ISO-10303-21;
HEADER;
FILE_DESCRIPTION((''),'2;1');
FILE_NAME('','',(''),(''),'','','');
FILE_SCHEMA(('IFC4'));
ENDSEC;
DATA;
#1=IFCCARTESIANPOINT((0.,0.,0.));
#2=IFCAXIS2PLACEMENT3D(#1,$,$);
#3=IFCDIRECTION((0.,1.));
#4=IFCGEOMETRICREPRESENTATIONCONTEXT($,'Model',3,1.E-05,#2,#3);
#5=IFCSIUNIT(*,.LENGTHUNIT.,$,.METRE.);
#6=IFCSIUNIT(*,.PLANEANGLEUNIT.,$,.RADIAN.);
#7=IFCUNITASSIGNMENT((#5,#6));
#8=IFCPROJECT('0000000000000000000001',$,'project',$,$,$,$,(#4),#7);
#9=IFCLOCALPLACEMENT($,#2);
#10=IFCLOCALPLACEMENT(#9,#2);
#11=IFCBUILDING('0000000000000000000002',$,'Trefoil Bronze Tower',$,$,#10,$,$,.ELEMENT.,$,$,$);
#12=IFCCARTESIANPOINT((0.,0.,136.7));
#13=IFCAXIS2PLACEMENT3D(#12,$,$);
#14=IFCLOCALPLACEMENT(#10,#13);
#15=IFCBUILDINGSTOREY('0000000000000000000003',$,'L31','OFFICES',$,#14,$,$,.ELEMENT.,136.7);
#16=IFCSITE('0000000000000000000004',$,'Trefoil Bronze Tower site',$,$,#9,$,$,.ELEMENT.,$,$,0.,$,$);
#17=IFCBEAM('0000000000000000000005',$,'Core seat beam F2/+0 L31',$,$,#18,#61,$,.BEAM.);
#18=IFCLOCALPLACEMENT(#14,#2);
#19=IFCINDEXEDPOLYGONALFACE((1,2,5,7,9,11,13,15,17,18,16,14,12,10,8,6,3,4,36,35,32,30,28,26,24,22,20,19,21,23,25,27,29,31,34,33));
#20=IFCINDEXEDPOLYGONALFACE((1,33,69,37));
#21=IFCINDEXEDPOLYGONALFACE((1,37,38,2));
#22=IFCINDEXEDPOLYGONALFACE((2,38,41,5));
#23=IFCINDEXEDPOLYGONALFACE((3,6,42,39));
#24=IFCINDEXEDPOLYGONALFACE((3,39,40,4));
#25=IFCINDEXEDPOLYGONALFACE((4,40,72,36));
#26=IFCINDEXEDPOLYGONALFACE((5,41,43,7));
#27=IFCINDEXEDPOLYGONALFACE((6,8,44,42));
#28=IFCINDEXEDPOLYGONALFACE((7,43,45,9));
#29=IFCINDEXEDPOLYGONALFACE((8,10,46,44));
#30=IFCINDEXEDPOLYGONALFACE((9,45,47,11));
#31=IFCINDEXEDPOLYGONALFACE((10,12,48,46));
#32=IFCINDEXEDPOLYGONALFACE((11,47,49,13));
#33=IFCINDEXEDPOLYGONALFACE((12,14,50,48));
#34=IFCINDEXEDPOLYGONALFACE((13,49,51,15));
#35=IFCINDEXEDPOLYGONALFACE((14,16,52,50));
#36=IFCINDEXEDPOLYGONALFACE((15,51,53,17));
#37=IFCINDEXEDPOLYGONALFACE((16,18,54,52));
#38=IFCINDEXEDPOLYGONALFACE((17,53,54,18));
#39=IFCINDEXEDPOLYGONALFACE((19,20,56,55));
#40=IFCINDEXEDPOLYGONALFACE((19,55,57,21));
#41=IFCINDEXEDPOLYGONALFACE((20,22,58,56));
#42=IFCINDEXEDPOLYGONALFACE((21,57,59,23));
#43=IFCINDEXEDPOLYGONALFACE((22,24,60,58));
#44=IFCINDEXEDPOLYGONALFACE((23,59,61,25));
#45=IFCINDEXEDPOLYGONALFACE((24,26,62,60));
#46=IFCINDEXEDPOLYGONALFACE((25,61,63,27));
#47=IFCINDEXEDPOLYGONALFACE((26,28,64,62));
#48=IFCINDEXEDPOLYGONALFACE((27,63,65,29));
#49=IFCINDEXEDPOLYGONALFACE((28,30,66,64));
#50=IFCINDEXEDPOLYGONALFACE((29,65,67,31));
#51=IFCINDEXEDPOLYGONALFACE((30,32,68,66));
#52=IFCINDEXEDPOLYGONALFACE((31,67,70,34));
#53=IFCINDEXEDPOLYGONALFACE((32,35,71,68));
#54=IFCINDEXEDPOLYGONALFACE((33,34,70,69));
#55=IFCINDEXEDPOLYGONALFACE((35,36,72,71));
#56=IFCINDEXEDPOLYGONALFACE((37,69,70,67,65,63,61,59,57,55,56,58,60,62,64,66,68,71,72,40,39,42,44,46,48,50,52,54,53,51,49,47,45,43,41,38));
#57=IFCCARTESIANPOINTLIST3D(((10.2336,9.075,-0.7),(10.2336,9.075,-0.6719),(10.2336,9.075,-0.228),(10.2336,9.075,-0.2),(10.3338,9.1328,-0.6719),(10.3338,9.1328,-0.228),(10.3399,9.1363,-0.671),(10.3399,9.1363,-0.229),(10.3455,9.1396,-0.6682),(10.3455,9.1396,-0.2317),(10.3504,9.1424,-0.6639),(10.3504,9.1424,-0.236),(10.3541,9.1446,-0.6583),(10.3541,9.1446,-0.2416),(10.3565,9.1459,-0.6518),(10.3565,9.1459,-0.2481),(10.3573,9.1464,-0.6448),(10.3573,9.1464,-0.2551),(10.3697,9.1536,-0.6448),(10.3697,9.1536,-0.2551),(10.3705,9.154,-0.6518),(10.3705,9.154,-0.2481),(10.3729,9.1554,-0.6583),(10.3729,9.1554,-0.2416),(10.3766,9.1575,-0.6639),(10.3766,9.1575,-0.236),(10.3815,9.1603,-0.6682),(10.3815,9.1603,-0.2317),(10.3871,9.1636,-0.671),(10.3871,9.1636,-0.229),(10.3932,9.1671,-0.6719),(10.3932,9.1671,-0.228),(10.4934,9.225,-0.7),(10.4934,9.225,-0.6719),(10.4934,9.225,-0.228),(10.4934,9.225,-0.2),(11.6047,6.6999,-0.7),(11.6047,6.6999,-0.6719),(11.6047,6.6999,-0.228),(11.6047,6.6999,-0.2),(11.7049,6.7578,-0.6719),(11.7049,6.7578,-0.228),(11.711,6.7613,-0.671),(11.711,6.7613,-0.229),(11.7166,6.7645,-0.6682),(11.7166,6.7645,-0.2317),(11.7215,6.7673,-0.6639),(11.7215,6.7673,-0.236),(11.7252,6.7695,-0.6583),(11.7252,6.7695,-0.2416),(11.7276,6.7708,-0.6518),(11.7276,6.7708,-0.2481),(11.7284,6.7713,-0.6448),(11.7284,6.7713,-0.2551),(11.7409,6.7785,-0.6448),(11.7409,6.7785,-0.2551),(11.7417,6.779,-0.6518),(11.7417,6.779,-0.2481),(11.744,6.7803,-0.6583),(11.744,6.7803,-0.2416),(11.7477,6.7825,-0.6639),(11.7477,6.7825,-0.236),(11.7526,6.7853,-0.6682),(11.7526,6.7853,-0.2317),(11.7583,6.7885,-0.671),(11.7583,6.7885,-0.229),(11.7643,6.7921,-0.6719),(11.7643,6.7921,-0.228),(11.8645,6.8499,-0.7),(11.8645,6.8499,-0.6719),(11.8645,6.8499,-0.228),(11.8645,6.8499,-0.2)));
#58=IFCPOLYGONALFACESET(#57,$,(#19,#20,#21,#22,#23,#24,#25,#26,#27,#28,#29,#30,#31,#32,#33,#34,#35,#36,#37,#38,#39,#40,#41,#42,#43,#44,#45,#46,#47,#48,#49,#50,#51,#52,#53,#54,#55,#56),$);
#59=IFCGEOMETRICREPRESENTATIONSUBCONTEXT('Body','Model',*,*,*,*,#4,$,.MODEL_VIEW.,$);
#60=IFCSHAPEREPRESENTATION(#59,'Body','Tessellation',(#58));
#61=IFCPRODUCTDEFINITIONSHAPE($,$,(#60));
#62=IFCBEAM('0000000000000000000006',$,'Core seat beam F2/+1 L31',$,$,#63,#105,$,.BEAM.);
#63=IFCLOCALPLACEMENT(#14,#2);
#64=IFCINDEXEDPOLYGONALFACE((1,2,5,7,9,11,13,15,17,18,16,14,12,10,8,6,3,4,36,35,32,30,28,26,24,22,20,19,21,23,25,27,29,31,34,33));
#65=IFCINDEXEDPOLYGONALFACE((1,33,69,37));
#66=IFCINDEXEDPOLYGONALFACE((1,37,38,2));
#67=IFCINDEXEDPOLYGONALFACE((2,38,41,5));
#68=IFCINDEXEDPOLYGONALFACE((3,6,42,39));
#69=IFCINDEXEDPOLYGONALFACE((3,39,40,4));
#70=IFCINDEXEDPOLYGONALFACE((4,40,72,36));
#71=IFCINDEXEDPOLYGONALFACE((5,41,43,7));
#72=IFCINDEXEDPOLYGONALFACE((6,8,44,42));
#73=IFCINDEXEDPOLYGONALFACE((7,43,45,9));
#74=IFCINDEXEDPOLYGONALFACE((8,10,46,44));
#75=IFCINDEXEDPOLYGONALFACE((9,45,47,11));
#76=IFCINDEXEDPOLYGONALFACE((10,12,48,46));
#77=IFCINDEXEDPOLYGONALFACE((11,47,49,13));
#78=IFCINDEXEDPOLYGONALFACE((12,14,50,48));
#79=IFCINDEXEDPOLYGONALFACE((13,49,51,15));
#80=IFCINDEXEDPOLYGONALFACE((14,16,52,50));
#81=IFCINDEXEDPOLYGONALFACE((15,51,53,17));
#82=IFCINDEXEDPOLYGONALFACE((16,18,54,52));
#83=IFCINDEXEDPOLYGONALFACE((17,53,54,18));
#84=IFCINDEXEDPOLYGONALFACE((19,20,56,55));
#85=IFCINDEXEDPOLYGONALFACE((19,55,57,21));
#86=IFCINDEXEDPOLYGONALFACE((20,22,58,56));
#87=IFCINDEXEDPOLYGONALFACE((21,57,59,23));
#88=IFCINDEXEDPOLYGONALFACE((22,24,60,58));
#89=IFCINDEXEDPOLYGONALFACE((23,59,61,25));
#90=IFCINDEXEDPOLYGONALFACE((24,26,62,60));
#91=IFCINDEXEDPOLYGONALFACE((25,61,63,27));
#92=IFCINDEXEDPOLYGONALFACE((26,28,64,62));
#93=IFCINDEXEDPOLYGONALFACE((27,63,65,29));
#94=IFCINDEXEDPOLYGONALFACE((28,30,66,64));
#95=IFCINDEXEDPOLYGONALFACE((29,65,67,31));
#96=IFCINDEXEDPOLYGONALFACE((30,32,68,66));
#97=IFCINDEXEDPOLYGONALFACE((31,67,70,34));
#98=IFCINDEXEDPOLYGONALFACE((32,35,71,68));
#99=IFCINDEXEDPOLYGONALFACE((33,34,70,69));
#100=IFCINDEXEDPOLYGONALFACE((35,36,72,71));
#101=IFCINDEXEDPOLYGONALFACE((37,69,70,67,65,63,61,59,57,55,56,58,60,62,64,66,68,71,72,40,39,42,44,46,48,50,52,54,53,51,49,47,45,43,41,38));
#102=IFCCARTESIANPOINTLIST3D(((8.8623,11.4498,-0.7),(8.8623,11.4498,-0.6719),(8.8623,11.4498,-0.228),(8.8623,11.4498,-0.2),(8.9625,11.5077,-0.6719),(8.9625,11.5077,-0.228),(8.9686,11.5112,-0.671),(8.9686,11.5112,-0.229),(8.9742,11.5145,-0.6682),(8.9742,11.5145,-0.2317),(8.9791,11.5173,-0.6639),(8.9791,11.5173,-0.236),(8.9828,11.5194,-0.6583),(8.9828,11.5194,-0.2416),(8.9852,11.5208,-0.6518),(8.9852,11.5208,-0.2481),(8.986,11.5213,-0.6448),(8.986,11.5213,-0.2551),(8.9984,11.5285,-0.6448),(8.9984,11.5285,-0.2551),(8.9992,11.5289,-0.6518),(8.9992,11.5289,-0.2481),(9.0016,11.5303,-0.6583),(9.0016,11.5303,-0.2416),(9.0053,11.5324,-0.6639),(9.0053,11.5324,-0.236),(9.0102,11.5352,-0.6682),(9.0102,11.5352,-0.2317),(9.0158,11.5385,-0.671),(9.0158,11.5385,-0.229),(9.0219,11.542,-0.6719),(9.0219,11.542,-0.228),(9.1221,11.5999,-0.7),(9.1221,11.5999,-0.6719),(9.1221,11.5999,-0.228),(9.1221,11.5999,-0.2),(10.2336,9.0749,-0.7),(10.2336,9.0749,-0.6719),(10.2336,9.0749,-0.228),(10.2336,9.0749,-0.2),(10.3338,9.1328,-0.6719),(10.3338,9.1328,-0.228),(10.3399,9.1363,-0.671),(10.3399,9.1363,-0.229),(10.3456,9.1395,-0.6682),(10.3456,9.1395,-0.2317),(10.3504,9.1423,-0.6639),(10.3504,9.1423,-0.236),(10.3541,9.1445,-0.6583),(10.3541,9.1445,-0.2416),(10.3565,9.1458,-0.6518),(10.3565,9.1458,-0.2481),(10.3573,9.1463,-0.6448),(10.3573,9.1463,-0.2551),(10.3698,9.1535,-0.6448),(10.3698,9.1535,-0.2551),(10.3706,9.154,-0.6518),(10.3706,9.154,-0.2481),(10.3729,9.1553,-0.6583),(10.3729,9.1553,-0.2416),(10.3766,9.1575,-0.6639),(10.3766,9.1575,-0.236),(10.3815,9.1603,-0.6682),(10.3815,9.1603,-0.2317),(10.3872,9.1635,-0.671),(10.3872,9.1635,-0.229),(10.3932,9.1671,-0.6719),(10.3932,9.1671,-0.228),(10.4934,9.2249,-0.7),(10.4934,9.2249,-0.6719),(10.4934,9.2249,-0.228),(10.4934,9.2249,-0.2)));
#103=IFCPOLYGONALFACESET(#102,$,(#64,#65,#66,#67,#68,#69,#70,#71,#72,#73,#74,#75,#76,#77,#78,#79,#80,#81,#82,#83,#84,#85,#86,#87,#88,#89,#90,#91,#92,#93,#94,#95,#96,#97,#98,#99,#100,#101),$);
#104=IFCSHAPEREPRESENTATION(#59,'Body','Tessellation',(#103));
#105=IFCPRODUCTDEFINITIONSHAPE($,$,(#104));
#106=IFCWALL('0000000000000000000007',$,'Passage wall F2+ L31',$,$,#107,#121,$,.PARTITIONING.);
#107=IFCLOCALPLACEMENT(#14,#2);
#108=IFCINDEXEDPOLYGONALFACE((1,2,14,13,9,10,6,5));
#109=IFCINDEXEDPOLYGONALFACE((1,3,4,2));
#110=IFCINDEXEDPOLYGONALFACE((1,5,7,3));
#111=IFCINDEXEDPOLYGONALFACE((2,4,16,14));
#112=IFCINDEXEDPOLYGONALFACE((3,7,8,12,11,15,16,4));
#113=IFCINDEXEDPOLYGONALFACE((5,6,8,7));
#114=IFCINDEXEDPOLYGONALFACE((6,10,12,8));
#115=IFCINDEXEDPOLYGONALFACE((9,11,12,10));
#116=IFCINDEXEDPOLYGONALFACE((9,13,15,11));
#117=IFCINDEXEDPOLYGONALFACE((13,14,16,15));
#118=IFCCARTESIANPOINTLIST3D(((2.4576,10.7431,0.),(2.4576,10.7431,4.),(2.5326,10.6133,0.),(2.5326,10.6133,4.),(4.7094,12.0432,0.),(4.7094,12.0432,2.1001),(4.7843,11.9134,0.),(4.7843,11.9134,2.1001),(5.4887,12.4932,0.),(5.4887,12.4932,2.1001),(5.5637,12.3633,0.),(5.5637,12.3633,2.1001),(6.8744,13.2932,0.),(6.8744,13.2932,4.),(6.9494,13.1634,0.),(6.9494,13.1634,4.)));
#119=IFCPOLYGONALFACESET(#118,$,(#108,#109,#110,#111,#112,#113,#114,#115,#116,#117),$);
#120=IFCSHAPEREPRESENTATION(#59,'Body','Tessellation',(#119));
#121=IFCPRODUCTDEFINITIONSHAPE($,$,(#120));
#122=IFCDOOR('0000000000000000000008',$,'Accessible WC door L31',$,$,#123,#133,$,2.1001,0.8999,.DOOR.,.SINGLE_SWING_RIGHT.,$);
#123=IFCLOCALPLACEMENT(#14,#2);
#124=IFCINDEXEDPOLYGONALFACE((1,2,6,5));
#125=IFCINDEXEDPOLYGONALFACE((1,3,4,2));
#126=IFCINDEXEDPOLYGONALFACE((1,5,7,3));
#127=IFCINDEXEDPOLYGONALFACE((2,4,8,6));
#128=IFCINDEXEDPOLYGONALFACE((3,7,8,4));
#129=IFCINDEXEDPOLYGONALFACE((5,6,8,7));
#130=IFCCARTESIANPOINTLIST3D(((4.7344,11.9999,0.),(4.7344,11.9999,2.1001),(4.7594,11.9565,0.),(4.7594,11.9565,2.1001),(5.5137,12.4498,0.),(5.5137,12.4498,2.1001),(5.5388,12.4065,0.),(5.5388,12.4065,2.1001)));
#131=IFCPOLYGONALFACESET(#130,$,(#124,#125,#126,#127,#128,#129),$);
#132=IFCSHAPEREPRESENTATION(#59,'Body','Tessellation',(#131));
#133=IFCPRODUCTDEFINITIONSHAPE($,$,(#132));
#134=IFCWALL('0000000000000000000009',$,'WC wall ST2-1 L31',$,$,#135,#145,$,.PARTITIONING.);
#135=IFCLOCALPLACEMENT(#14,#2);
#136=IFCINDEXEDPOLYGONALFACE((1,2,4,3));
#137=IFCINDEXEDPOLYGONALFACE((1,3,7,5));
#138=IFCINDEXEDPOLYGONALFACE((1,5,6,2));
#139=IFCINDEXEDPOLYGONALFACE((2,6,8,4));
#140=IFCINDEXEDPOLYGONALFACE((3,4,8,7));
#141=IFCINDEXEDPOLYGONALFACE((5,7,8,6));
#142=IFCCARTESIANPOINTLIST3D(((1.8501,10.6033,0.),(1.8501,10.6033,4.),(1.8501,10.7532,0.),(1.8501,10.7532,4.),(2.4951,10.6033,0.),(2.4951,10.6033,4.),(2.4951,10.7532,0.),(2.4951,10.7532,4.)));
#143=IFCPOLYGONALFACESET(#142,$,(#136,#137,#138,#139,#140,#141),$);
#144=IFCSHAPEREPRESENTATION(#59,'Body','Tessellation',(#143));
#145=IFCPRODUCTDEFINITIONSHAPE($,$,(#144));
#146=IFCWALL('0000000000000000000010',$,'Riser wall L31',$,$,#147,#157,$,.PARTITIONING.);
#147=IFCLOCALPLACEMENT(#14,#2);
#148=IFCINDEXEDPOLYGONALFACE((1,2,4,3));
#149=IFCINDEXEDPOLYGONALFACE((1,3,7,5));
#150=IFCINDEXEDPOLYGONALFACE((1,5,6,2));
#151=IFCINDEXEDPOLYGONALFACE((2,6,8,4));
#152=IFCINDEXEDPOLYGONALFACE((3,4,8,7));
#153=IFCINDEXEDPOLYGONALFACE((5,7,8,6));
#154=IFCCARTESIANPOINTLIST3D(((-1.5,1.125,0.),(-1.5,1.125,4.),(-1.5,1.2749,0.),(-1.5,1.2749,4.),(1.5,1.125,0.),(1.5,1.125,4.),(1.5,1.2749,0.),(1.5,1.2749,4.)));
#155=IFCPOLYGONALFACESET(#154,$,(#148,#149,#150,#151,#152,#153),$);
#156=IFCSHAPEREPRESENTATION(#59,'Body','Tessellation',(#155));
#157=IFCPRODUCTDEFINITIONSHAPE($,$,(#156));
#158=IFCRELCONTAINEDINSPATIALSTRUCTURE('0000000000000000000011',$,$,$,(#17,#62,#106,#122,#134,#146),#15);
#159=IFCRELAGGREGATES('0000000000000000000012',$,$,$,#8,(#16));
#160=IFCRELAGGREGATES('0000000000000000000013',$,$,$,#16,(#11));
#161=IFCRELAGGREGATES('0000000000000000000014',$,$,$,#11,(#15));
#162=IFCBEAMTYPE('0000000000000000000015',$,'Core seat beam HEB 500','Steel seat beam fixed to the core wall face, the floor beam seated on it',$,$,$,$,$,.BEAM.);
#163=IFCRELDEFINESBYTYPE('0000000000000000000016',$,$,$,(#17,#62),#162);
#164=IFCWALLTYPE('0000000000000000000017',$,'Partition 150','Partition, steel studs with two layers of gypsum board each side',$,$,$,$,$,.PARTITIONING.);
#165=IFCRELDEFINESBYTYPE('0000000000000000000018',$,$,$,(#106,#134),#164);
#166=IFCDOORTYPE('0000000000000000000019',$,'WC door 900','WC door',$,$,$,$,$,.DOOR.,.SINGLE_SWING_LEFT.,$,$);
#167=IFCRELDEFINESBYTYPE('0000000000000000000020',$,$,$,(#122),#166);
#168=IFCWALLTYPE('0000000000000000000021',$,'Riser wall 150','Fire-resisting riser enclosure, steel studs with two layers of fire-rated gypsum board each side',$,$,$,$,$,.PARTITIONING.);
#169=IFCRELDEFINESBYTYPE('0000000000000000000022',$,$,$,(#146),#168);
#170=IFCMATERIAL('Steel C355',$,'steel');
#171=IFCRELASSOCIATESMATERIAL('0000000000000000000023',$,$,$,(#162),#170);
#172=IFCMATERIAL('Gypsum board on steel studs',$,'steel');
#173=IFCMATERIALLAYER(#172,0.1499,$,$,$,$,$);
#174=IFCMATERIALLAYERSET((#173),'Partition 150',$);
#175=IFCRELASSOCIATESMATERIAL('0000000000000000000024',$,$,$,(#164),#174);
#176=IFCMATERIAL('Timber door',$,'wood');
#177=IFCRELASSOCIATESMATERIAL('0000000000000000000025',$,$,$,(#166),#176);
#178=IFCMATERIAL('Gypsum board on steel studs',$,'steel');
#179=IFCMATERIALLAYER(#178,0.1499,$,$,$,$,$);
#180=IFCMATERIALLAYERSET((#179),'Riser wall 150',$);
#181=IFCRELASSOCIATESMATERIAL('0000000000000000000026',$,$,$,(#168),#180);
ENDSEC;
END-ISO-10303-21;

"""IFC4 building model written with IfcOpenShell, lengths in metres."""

from ifc_helpers import new_model, si_unit, direction, frame, frame_2d, origin, origin_2d, place, context, subcontext, project, spatial, rectangle, i_section, extrude, material, layer, layer_set, material_profile, profile_set, type_object, element, fill, save


model = new_model("IFC4")

# Units and contexts
model_context = context("Model", 3, precision=1e-05, world=origin(), true_north=direction((0.0, 1.0)))
body_context = subcontext(model_context, "Body", "Model", "MODEL_VIEW")
ifc_project = project(units=[si_unit("LENGTHUNIT", "METRE"), si_unit("PLANEANGLEUNIT", "RADIAN")], contexts=[model_context])

# Site, building, storey
site_placement = place(None, origin())
site = spatial("IfcSite", under=ifc_project, at=site_placement, Name="Trefoil Bronze Tower site", CompositionType="ELEMENT", RefElevation=0.0)
building_placement = place(site_placement, origin())
building = spatial("IfcBuilding", under=site, at=building_placement, Name="Trefoil Bronze Tower", CompositionType="ELEMENT")
storey_placement = place(building_placement, frame((0.0, 0.0, 136.7)))
storey = spatial("IfcBuildingStorey", under=building, at=storey_placement, Name="L31", Description="OFFICES", CompositionType="ELEMENT", Elevation=136.7)

# Beams
ifc_material_1 = material(Name="Steel C355", Category="steel")
ifc_material_profile = material_profile(ifc_material_1, i_section(OverallWidth=0.3, OverallDepth=0.5, WebThickness=0.0144, FlangeThickness=0.0281, FilletRadius=0.0271, at=origin_2d()), Name="HEB 500")
ifc_profile_set = profile_set([ifc_material_profile], Name="Steel C355")
beam_type = type_object("IfcBeamType", Name="Core seat beam HEB 500", Description="Steel seat beam fixed to the core wall face, the floor beam seated on it", PredefinedType="BEAM", material=ifc_profile_set)
for number, where, z_axis, x_axis, name in (
    (1, (11.7346, 6.7749, -0.45), (-0.499969, 0.866043, 0.0), (-0.866043, -0.499969, 0.0), "Core seat beam F2/+0 L31"),
    (2, (10.3635, 9.1499, -0.45), (-0.500036, 0.866005, 0.0), (-0.866005, -0.500036, 0.0), "Core seat beam F2/+1 L31"),
):
    element("IfcBeam", number, at=place(storey_placement, frame(where, z_axis=z_axis, x_axis=x_axis)), inside=storey, type_object=beam_type, Name=name, PredefinedType="BEAM", context=body_context, shape_type="SweptSolid", body=[
        extrude(i_section(OverallWidth=0.3, OverallDepth=0.5, WebThickness=0.0144, FlangeThickness=0.0281, FilletRadius=0.0271, at=origin_2d()), origin(), (0.0, 0.0, 1.0), 2.7424),
    ])

# Wall, opening, door
ifc_material_2 = material(Name="Gypsum board on steel studs", Category="steel")
ifc_layer_1 = layer(ifc_material_2, 0.1499)
ifc_layer_set_1 = layer_set([ifc_layer_1], Name="Partition 150")
wall_type_1 = type_object("IfcWallType", Name="Partition 150", Description="Partition, steel studs with two layers of gypsum board each side", PredefinedType="PARTITIONING", material=ifc_layer_set_1)
wall_1_placement = place(storey_placement, frame((2.4951, 10.6782, 0.0), z_axis=(0.0, 0.0, 1.0), x_axis=(0.866022, 0.500006, 0.0)))
wall_1 = element("IfcWall", 3, at=wall_1_placement, inside=storey, type_object=wall_type_1, Name="Passage wall F2+ L31", PredefinedType="PARTITIONING", context=body_context, shape_type="SweptSolid", body=[
    extrude(rectangle(XDim=5.1001, YDim=0.1499, at=frame_2d((2.55, 0.0))), origin(), (0.0, 0.0, 1.0), 4.0),
])
opening_1_placement = place(wall_1_placement, frame((2.6001, 0.0, 0.0)))
opening_1 = element("IfcOpeningElement", 4, at=opening_1_placement, cuts=wall_1, PredefinedType="OPENING", context=body_context, shape_type="SweptSolid", body=[
    extrude(rectangle(XDim=0.8999, YDim=2.1001, at=frame_2d((0.45, 1.05))), frame((0.0, 0.085, 0.0), z_axis=(0.0, -1.0, 0.0), x_axis=(1.0, 0.0, 0.0)), (0.0, 0.0, 1.0), 0.1699),
])
ifc_material_3 = material(Name="Timber door", Category="wood")
door_type_1 = type_object("IfcDoorType", Name="WC door 900", Description="WC door", OperationType="SINGLE_SWING_LEFT", PredefinedType="DOOR", material=ifc_material_3)
door_1_placement = place(opening_1_placement, origin())
door_1 = element("IfcDoor", 5, at=door_1_placement, inside=storey, type_object=door_type_1, Name="Accessible WC door L31", OperationType="SINGLE_SWING_RIGHT", OverallHeight=2.1001, OverallWidth=0.8999, PredefinedType="DOOR", context=body_context, shape_type="SweptSolid", body=[
    extrude(rectangle(XDim=0.8999, YDim=2.1001, at=frame_2d((0.45, 1.05))), frame((0.0, 0.0249, 0.0), z_axis=(0.0, -1.0, 0.0), x_axis=(1.0, 0.0, 0.0)), (0.0, 0.0, 1.0), 0.05),
])
fill(opening_1, door_1)

# Walls
wall_2_placement = place(storey_placement, frame((2.4951, 10.6782, 0.0), z_axis=(0.0, 0.0, 1.0), x_axis=(-1.0, 0.0, 0.0)))
element("IfcWall", 6, at=wall_2_placement, inside=storey, type_object=wall_type_1, Name="WC wall ST2-1 L31", PredefinedType="PARTITIONING", context=body_context, shape_type="SweptSolid", body=[
    extrude(rectangle(XDim=0.645, YDim=0.1499, at=frame_2d((0.3225, 0.0))), origin(), (0.0, 0.0, 1.0), 4.0),
])
ifc_material_4 = material(Name="Gypsum board on steel studs", Category="steel")
ifc_layer_2 = layer(ifc_material_4, 0.1499)
ifc_layer_set_2 = layer_set([ifc_layer_2], Name="Riser wall 150")
wall_type_2 = type_object("IfcWallType", Name="Riser wall 150", Description="Fire-resisting riser enclosure, steel studs with two layers of fire-rated gypsum board each side", PredefinedType="PARTITIONING", material=ifc_layer_set_2)
wall_3_placement = place(storey_placement, frame((1.5, 1.2, 0.0), z_axis=(0.0, 0.0, 1.0), x_axis=(-1.0, 0.0, 0.0)))
element("IfcWall", 7, at=wall_3_placement, inside=storey, type_object=wall_type_2, Name="Riser wall L31", PredefinedType="PARTITIONING", context=body_context, shape_type="SweptSolid", body=[
    extrude(rectangle(XDim=3.0, YDim=0.1499, at=frame_2d((1.5, 0.0))), origin(), (0.0, 0.0, 1.0), 4.0),
])

save(model, "model.ifc")
